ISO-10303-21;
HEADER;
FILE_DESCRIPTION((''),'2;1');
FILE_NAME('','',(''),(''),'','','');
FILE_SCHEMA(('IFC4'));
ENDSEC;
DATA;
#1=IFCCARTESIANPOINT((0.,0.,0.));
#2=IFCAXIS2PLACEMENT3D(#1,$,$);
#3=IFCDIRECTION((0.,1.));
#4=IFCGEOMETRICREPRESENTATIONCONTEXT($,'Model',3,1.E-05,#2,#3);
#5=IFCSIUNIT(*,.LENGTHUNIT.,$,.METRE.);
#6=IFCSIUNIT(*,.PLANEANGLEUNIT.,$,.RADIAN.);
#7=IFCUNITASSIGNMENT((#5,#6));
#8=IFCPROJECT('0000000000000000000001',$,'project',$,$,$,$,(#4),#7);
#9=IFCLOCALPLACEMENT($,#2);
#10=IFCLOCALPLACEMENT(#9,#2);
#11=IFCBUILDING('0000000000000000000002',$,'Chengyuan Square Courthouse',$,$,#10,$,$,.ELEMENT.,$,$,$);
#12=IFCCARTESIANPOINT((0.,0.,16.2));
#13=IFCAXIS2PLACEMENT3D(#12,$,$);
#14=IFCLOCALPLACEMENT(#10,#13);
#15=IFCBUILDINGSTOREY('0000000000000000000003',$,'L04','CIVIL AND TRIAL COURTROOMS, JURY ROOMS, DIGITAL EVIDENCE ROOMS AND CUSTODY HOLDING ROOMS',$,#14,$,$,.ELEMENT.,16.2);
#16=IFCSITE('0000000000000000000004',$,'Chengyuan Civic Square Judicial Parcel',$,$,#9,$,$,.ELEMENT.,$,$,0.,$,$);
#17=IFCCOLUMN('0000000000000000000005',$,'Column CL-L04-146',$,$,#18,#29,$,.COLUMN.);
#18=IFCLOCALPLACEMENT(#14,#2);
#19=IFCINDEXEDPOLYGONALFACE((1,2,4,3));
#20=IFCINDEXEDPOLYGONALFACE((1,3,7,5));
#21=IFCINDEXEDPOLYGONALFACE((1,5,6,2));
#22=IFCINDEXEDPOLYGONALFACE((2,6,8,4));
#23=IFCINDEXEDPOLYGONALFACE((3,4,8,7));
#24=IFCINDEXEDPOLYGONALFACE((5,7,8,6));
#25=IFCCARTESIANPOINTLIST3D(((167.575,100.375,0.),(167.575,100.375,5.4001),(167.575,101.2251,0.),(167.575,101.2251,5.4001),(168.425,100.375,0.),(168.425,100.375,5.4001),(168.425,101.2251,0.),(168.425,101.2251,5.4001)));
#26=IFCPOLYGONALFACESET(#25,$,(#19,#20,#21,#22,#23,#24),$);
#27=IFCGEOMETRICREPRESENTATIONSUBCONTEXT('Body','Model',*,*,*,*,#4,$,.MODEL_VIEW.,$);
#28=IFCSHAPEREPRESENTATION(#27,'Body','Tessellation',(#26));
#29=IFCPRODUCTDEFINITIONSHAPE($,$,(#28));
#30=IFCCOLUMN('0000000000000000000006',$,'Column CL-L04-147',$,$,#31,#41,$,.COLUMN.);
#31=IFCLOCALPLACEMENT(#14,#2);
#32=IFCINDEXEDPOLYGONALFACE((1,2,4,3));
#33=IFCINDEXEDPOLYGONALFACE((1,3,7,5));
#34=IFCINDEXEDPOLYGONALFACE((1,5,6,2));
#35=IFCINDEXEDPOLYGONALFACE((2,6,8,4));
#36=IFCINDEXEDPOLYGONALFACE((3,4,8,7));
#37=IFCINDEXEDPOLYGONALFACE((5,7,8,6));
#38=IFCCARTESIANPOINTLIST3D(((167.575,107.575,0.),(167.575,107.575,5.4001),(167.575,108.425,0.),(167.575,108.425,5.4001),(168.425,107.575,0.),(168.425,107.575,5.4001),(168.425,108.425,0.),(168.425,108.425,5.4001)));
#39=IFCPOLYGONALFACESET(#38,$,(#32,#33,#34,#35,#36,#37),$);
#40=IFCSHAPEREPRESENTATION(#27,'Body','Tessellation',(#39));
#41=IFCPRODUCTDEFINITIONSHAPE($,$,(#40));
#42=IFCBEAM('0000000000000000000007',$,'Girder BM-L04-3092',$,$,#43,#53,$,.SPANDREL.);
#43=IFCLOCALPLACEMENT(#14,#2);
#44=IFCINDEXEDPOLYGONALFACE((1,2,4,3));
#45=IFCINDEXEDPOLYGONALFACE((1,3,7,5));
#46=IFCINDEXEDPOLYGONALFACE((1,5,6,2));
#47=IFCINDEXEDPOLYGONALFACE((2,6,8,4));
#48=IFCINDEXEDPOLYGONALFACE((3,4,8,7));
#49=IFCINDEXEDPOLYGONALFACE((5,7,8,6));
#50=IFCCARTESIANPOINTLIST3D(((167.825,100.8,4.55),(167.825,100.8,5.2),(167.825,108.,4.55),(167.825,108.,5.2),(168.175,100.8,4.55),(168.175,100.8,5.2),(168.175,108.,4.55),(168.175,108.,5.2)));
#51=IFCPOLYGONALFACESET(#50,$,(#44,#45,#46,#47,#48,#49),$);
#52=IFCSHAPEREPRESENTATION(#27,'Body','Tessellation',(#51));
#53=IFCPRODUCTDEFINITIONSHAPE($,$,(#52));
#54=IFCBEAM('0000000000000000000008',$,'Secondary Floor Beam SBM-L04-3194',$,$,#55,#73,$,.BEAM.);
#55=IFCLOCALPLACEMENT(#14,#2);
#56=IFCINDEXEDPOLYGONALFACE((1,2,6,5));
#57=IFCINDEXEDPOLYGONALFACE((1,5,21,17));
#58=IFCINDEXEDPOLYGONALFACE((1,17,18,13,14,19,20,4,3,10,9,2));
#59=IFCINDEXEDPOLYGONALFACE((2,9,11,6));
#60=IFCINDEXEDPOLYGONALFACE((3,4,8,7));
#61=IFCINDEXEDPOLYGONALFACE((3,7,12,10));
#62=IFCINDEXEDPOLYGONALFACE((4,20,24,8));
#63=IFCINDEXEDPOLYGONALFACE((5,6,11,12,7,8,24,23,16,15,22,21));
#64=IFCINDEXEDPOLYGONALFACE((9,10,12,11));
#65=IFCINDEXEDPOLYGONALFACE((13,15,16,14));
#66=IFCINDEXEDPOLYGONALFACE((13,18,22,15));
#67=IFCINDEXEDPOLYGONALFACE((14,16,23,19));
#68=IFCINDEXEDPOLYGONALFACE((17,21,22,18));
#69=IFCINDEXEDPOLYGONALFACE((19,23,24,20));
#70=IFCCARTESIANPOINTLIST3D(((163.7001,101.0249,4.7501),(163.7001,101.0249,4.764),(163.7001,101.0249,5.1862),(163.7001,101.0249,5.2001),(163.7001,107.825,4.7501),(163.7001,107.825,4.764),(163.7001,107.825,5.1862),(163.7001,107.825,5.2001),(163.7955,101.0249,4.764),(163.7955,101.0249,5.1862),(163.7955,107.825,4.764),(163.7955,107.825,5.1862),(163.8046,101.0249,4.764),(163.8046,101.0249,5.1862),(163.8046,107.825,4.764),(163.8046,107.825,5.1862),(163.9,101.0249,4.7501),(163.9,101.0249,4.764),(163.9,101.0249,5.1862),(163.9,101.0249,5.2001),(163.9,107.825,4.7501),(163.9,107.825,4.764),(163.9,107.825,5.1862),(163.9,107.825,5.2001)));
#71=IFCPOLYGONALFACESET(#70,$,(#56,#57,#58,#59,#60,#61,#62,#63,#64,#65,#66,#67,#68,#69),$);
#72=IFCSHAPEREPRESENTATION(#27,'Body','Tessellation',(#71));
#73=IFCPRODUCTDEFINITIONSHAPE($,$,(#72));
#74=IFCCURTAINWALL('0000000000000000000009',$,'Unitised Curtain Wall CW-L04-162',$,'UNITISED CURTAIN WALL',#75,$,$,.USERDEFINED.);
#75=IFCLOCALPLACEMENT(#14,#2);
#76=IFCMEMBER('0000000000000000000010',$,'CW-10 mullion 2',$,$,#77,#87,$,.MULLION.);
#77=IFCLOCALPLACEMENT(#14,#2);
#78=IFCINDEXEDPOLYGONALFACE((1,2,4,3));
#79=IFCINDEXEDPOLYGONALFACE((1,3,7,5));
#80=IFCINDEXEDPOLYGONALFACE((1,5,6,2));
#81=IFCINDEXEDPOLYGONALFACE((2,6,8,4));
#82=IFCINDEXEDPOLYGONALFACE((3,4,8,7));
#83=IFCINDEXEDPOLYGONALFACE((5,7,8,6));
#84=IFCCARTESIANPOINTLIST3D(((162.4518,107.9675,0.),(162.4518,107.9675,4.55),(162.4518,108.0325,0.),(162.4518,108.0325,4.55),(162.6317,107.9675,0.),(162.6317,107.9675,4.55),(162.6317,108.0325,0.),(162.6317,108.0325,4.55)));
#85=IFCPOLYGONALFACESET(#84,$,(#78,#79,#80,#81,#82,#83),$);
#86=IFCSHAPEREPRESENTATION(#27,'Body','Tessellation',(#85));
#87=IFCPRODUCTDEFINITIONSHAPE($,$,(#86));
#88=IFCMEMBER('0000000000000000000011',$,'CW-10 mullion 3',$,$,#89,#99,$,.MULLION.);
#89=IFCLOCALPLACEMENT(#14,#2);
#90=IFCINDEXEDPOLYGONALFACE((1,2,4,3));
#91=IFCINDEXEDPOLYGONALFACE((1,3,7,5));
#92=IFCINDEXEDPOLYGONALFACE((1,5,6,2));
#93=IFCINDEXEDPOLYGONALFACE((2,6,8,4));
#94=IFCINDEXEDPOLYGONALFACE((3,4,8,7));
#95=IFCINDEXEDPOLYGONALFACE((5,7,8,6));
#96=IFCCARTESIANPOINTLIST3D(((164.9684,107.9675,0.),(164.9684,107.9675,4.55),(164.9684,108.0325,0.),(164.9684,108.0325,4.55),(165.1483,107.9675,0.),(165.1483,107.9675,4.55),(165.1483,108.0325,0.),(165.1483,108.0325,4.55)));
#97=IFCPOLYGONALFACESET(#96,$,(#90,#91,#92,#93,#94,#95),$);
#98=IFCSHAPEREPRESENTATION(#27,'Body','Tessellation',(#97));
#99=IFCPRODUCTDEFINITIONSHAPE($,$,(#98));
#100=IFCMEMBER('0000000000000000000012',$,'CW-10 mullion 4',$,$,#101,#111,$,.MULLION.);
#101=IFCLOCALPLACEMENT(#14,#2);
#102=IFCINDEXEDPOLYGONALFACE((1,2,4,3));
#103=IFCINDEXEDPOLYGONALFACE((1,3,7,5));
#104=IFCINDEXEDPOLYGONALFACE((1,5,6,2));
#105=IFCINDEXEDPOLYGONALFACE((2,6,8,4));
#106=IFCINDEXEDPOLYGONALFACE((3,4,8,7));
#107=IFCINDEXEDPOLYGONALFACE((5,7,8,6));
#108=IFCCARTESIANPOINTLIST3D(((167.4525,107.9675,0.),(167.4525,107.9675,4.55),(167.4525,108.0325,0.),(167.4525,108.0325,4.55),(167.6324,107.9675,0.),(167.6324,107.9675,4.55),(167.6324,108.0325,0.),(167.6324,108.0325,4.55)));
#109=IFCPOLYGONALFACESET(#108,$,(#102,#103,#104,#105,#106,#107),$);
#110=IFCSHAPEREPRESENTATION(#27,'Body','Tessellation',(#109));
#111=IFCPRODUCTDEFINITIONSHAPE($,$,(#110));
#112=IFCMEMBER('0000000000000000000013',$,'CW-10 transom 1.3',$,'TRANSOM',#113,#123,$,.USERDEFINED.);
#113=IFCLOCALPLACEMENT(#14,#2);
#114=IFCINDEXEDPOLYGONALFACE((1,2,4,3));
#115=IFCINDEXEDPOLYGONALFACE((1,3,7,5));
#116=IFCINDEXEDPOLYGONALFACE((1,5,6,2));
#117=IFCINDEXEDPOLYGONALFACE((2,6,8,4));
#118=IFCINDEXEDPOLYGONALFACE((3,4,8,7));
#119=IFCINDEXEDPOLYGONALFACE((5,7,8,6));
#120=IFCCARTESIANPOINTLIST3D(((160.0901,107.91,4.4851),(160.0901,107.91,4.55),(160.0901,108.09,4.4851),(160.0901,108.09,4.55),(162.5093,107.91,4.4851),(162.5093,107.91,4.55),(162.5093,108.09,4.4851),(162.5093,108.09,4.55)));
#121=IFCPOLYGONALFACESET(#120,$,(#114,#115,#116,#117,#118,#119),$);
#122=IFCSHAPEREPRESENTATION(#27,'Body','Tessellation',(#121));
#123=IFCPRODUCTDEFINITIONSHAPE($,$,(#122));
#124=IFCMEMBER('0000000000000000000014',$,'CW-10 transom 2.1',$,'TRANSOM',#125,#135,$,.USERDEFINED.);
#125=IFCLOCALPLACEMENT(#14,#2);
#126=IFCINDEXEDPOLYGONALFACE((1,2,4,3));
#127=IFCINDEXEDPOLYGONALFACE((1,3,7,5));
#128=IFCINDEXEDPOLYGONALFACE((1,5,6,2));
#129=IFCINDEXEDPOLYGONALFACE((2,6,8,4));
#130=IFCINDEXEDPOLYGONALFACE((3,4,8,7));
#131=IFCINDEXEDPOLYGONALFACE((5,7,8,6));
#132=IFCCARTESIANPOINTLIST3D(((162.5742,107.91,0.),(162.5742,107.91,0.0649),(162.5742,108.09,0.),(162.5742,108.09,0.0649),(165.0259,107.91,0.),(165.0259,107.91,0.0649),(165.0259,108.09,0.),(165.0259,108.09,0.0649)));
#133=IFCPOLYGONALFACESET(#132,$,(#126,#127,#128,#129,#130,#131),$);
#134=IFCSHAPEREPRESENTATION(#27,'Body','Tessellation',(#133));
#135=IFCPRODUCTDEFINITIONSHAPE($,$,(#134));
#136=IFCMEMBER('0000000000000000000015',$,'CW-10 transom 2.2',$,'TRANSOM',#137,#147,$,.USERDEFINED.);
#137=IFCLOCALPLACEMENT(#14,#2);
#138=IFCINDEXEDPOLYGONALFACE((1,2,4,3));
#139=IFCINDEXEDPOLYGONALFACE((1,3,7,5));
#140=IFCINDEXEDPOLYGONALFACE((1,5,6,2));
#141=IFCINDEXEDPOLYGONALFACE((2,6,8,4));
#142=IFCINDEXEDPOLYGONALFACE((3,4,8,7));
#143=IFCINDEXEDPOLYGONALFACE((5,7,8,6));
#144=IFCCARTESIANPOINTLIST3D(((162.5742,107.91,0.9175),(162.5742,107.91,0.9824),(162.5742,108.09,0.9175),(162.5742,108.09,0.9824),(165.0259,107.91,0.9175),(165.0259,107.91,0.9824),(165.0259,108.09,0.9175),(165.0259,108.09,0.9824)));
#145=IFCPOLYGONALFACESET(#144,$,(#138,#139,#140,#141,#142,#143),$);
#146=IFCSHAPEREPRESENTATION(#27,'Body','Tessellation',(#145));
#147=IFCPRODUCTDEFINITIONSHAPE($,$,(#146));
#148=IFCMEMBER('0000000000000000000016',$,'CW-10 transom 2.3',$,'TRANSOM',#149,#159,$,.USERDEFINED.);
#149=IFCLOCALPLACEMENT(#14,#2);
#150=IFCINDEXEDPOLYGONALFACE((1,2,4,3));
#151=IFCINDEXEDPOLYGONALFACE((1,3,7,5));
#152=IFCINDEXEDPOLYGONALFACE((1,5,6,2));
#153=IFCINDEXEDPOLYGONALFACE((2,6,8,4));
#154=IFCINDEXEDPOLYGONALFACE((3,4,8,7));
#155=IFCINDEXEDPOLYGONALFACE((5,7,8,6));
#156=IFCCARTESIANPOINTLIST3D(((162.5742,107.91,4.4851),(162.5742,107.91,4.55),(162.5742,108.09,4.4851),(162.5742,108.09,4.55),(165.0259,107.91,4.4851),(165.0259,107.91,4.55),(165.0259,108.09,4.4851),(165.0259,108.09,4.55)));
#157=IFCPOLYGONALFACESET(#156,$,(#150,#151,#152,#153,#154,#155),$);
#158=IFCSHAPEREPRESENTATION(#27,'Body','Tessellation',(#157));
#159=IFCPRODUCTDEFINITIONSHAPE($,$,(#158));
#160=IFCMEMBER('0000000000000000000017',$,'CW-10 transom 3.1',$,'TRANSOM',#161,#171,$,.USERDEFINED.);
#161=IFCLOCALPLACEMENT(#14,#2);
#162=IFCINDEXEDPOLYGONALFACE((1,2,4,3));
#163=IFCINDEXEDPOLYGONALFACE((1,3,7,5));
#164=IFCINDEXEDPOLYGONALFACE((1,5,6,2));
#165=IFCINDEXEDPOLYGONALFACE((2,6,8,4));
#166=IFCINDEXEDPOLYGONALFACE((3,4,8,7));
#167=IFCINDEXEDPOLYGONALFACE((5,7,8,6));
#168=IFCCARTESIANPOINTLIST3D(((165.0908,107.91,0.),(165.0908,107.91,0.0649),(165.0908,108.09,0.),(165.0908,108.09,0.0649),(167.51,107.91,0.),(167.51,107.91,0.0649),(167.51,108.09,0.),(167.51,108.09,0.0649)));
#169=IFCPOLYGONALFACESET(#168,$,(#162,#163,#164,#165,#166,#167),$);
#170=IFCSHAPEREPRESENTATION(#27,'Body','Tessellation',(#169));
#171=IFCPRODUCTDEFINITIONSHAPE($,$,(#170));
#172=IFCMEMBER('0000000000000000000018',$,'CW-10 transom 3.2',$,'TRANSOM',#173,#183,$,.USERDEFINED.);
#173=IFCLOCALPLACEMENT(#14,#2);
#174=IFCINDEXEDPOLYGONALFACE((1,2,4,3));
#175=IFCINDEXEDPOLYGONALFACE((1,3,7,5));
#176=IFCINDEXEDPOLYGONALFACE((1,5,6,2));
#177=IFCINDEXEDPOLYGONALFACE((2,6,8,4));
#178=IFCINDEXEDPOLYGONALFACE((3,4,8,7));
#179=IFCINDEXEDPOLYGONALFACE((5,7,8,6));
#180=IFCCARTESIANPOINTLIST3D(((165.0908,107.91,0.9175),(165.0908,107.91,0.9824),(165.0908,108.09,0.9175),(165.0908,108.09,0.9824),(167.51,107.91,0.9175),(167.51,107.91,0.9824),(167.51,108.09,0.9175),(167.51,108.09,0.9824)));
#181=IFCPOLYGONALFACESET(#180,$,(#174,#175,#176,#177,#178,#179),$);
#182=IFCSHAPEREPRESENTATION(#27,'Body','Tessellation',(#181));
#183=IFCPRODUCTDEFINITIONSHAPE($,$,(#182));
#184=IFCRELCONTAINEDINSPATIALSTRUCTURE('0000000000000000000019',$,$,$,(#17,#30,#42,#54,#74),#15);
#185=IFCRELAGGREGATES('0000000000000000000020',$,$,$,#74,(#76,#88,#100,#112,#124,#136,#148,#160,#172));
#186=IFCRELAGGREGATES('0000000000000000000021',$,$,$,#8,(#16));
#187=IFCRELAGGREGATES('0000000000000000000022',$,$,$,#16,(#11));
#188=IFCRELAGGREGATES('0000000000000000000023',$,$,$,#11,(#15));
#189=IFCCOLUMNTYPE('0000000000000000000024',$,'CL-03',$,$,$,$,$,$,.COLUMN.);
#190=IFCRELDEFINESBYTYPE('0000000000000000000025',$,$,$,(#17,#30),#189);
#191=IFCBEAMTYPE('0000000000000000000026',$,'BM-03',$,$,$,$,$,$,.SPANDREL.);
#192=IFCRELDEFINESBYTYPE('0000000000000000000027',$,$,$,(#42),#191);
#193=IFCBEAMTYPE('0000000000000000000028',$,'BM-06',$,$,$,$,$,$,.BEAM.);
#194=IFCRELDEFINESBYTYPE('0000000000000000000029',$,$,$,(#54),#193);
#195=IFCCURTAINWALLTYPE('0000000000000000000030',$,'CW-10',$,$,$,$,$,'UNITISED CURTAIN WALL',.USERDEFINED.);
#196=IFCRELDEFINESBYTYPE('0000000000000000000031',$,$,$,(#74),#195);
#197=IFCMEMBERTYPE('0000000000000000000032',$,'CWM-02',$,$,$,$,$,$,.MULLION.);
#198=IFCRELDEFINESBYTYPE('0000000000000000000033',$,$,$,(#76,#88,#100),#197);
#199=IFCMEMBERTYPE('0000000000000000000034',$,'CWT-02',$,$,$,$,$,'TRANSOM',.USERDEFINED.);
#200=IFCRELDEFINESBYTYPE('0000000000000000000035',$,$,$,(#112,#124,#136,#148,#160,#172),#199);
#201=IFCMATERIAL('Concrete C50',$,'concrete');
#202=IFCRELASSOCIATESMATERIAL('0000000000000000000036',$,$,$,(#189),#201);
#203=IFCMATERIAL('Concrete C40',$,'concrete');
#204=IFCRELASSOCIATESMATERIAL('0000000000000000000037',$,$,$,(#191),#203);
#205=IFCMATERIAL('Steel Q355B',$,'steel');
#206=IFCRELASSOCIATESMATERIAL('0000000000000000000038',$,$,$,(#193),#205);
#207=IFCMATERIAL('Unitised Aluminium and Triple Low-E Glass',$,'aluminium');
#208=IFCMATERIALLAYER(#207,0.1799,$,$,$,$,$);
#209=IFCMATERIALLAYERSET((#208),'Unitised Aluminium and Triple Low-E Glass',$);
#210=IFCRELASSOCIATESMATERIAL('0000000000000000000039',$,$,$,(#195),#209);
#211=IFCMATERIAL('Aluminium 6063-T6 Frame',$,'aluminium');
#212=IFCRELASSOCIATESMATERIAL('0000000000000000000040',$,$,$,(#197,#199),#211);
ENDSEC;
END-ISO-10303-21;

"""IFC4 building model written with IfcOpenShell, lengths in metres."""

from ifc_helpers import new_model, si_unit, direction, frame, origin, origin_2d, place, context, subcontext, project, spatial, rectangle, i_section, extrude, material, layer, layer_set, material_profile, profile_set, type_object, element, aggregate, save


model = new_model("IFC4")

# Units and contexts
model_context = context("Model", 3, precision=1e-05, world=origin(), true_north=direction((0.0, 1.0)))
body_context = subcontext(model_context, "Body", "Model", "MODEL_VIEW")
ifc_project = project(units=[si_unit("LENGTHUNIT", "METRE"), si_unit("PLANEANGLEUNIT", "RADIAN")], contexts=[model_context])

# Site, building, storey
site_placement = place(None, origin())
site = spatial("IfcSite", under=ifc_project, at=site_placement, Name="Chengyuan Civic Square Judicial Parcel", CompositionType="ELEMENT", RefElevation=0.0)
building_placement = place(site_placement, origin())
building = spatial("IfcBuilding", under=site, at=building_placement, Name="Chengyuan Square Courthouse", CompositionType="ELEMENT")
storey_placement = place(building_placement, frame((0.0, 0.0, 16.2)))
storey = spatial("IfcBuildingStorey", under=building, at=storey_placement, Name="L04", Description="CIVIL AND TRIAL COURTROOMS, JURY ROOMS, DIGITAL EVIDENCE ROOMS AND CUSTODY HOLDING ROOMS", CompositionType="ELEMENT", Elevation=16.2)

# Columns
ifc_material_1 = material(Name="Concrete C50", Category="concrete")
ifc_material_profile_1 = material_profile(ifc_material_1, rectangle(XDim=0.8501, YDim=0.8501, at=origin_2d()), Name="RC-COL-850x850")
ifc_profile_set_1 = profile_set([ifc_material_profile_1], Name="Concrete C50")
column_type = type_object("IfcColumnType", Name="CL-03", PredefinedType="COLUMN", material=ifc_profile_set_1)
for number, where, z_axis, x_axis, name in (
    (1, (168.0, 100.8, 0.0), (0.0, 0.0, 1.0), (1.0, 0.0, 0.0), "Column CL-L04-146"),
    (2, (168.0, 108.0, 0.0), (0.0, 0.0, 1.0), (1.0, 0.0, 0.0), "Column CL-L04-147"),
):
    element("IfcColumn", number, at=place(storey_placement, frame(where, z_axis=z_axis, x_axis=x_axis)), inside=storey, type_object=column_type, Name=name, PredefinedType="COLUMN", context=body_context, shape_type="SweptSolid", body=[
        extrude(rectangle(XDim=0.8501, YDim=0.8501, at=origin_2d()), origin(), (0.0, 0.0, 1.0), 5.4001),
    ])

# Beams
ifc_material_2 = material(Name="Concrete C40", Category="concrete")
ifc_material_profile_2 = material_profile(ifc_material_2, rectangle(XDim=0.3501, YDim=0.6499, at=origin_2d()), Name="RC-BM-350x650")
ifc_profile_set_2 = profile_set([ifc_material_profile_2], Name="Concrete C40")
beam_type_1 = type_object("IfcBeamType", Name="BM-03", PredefinedType="SPANDREL", material=ifc_profile_set_2)
beam_1_placement = place(storey_placement, frame((168.0, 100.8, 4.875), z_axis=(0.0, 1.0, 0.0), x_axis=(-1.0, 0.0, 0.0)))
element("IfcBeam", 3, at=beam_1_placement, inside=storey, type_object=beam_type_1, Name="Girder BM-L04-3092", PredefinedType="SPANDREL", context=body_context, shape_type="SweptSolid", body=[
    extrude(rectangle(XDim=0.3501, YDim=0.6499, at=origin_2d()), origin(), (0.0, 0.0, 1.0), 7.2),
])
ifc_material_3 = material(Name="Steel Q355B", Category="steel")
ifc_material_profile_3 = material_profile(ifc_material_3, i_section(OverallWidth=0.2, OverallDepth=0.45, WebThickness=0.009, FlangeThickness=0.0139, at=origin_2d()), Name="HN 450x200x9x14")
ifc_profile_set_3 = profile_set([ifc_material_profile_3], Name="Steel Q355B")
beam_type_2 = type_object("IfcBeamType", Name="BM-06", PredefinedType="BEAM", material=ifc_profile_set_3)
beam_2_placement = place(storey_placement, frame((163.8, 101.0249, 4.9751), z_axis=(0.0, 1.0, 0.0), x_axis=(-1.0, 0.0, 0.0)))
element("IfcBeam", 4, at=beam_2_placement, inside=storey, type_object=beam_type_2, Name="Secondary Floor Beam SBM-L04-3194", PredefinedType="BEAM", context=body_context, shape_type="SweptSolid", body=[
    extrude(i_section(OverallWidth=0.2, OverallDepth=0.45, WebThickness=0.009, FlangeThickness=0.0139, at=origin_2d()), origin(), (0.0, 0.0, 1.0), 6.8),
])

# Curtain wall, members
ifc_material_4 = material(Name="Unitised Aluminium and Triple Low-E Glass", Category="aluminium")
ifc_layer_1 = layer(ifc_material_4, 0.1799)
ifc_layer_set_1 = layer_set([ifc_layer_1], Name="Unitised Aluminium and Triple Low-E Glass")
curtain_wall_type = type_object("IfcCurtainWallType", Name="CW-10", ElementType="UNITISED CURTAIN WALL", PredefinedType="USERDEFINED", material=ifc_layer_set_1)
curtain_wall_placement = place(storey_placement, origin())
curtain_wall = element("IfcCurtainWall", 5, at=curtain_wall_placement, inside=storey, type_object=curtain_wall_type, Name="Unitised Curtain Wall CW-L04-162", ObjectType="UNITISED CURTAIN WALL", PredefinedType="USERDEFINED")
ifc_material_5 = material(Name="Aluminium 6063-T6 Frame", Category="aluminium")
ifc_material_profile_4 = material_profile(ifc_material_5, rectangle(XDim=0.0649, YDim=0.1799, at=origin_2d()), Name="CW-MUL-65x180")
ifc_profile_set_4 = profile_set([ifc_material_profile_4], Name="Aluminium 6063-T6 Frame")
member_type_1 = type_object("IfcMemberType", Name="CWM-02", PredefinedType="MULLION", material=ifc_profile_set_4)
member_1_placement = place(storey_placement, frame((162.5417, 108.0, 0.0), z_axis=(0.0, 0.0, 1.0), x_axis=(0.0, 1.0, 0.0)))
member_1 = element("IfcMember", 6, at=member_1_placement, type_object=member_type_1, Name="CW-10 mullion 2", PredefinedType="MULLION", context=body_context, shape_type="SweptSolid", body=[
    extrude(rectangle(XDim=0.0649, YDim=0.1799, at=origin_2d()), origin(), (0.0, 0.0, 1.0), 4.55),
])
member_2_placement = place(storey_placement, frame((165.0583, 108.0, 0.0), z_axis=(0.0, 0.0, 1.0), x_axis=(0.0, 1.0, 0.0)))
member_2 = element("IfcMember", 7, at=member_2_placement, type_object=member_type_1, Name="CW-10 mullion 3", PredefinedType="MULLION", context=body_context, shape_type="SweptSolid", body=[
    extrude(rectangle(XDim=0.0649, YDim=0.1799, at=origin_2d()), origin(), (0.0, 0.0, 1.0), 4.55),
])
member_3_placement = place(storey_placement, frame((167.5425, 108.0, 0.0), z_axis=(0.0, 0.0, 1.0), x_axis=(0.0, 1.0, 0.0)))
member_3 = element("IfcMember", 8, at=member_3_placement, type_object=member_type_1, Name="CW-10 mullion 4", PredefinedType="MULLION", context=body_context, shape_type="SweptSolid", body=[
    extrude(rectangle(XDim=0.0649, YDim=0.1799, at=origin_2d()), origin(), (0.0, 0.0, 1.0), 4.55),
])
ifc_material_profile_5 = material_profile(ifc_material_5, rectangle(XDim=0.1799, YDim=0.0649, at=origin_2d()), Name="CW-TRN-65x140")
ifc_profile_set_5 = profile_set([ifc_material_profile_5], Name="Aluminium 6063-T6 Frame")
member_type_2 = type_object("IfcMemberType", Name="CWT-02", ElementType="TRANSOM", PredefinedType="USERDEFINED", material=ifc_profile_set_5)
member_4_placement = place(storey_placement, frame((160.0901, 108.0, 4.5176), z_axis=(1.0, 0.0, 0.0), x_axis=(0.0, 1.0, 0.0)))
member_4 = element("IfcMember", 9, at=member_4_placement, type_object=member_type_2, Name="CW-10 transom 1.3", ObjectType="TRANSOM", PredefinedType="USERDEFINED", context=body_context, shape_type="SweptSolid", body=[
    extrude(rectangle(XDim=0.1799, YDim=0.0649, at=origin_2d()), origin(), (0.0, 0.0, 1.0), 2.4192),
])
member_5_placement = place(storey_placement, frame((162.5742, 108.0, 0.0325), z_axis=(1.0, 0.0, 0.0), x_axis=(0.0, 1.0, 0.0)))
member_5 = element("IfcMember", 10, at=member_5_placement, type_object=member_type_2, Name="CW-10 transom 2.1", ObjectType="TRANSOM", PredefinedType="USERDEFINED", context=body_context, shape_type="SweptSolid", body=[
    extrude(rectangle(XDim=0.1799, YDim=0.0649, at=origin_2d()), origin(), (0.0, 0.0, 1.0), 2.4517),
])
member_6_placement = place(storey_placement, frame((162.5742, 108.0, 0.95), z_axis=(1.0, 0.0, 0.0), x_axis=(0.0, 1.0, 0.0)))
member_6 = element("IfcMember", 11, at=member_6_placement, type_object=member_type_2, Name="CW-10 transom 2.2", ObjectType="TRANSOM", PredefinedType="USERDEFINED", context=body_context, shape_type="SweptSolid", body=[
    extrude(rectangle(XDim=0.1799, YDim=0.0649, at=origin_2d()), origin(), (0.0, 0.0, 1.0), 2.4517),
])
member_7_placement = place(storey_placement, frame((162.5742, 108.0, 4.5176), z_axis=(1.0, 0.0, 0.0), x_axis=(0.0, 1.0, 0.0)))
member_7 = element("IfcMember", 12, at=member_7_placement, type_object=member_type_2, Name="CW-10 transom 2.3", ObjectType="TRANSOM", PredefinedType="USERDEFINED", context=body_context, shape_type="SweptSolid", body=[
    extrude(rectangle(XDim=0.1799, YDim=0.0649, at=origin_2d()), origin(), (0.0, 0.0, 1.0), 2.4517),
])
member_8_placement = place(storey_placement, frame((165.0908, 108.0, 0.0325), z_axis=(1.0, 0.0, 0.0), x_axis=(0.0, 1.0, 0.0)))
member_8 = element("IfcMember", 13, at=member_8_placement, type_object=member_type_2, Name="CW-10 transom 3.1", ObjectType="TRANSOM", PredefinedType="USERDEFINED", context=body_context, shape_type="SweptSolid", body=[
    extrude(rectangle(XDim=0.1799, YDim=0.0649, at=origin_2d()), origin(), (0.0, 0.0, 1.0), 2.4192),
])
member_9_placement = place(storey_placement, frame((165.0908, 108.0, 0.95), z_axis=(1.0, 0.0, 0.0), x_axis=(0.0, 1.0, 0.0)))
member_9 = element("IfcMember", 14, at=member_9_placement, type_object=member_type_2, Name="CW-10 transom 3.2", ObjectType="TRANSOM", PredefinedType="USERDEFINED", context=body_context, shape_type="SweptSolid", body=[
    extrude(rectangle(XDim=0.1799, YDim=0.0649, at=origin_2d()), origin(), (0.0, 0.0, 1.0), 2.4192),
])
aggregate(curtain_wall, [member_1, member_2, member_3, member_4, member_5, member_6, member_7, member_8, member_9])

save(model, "model.ifc")
